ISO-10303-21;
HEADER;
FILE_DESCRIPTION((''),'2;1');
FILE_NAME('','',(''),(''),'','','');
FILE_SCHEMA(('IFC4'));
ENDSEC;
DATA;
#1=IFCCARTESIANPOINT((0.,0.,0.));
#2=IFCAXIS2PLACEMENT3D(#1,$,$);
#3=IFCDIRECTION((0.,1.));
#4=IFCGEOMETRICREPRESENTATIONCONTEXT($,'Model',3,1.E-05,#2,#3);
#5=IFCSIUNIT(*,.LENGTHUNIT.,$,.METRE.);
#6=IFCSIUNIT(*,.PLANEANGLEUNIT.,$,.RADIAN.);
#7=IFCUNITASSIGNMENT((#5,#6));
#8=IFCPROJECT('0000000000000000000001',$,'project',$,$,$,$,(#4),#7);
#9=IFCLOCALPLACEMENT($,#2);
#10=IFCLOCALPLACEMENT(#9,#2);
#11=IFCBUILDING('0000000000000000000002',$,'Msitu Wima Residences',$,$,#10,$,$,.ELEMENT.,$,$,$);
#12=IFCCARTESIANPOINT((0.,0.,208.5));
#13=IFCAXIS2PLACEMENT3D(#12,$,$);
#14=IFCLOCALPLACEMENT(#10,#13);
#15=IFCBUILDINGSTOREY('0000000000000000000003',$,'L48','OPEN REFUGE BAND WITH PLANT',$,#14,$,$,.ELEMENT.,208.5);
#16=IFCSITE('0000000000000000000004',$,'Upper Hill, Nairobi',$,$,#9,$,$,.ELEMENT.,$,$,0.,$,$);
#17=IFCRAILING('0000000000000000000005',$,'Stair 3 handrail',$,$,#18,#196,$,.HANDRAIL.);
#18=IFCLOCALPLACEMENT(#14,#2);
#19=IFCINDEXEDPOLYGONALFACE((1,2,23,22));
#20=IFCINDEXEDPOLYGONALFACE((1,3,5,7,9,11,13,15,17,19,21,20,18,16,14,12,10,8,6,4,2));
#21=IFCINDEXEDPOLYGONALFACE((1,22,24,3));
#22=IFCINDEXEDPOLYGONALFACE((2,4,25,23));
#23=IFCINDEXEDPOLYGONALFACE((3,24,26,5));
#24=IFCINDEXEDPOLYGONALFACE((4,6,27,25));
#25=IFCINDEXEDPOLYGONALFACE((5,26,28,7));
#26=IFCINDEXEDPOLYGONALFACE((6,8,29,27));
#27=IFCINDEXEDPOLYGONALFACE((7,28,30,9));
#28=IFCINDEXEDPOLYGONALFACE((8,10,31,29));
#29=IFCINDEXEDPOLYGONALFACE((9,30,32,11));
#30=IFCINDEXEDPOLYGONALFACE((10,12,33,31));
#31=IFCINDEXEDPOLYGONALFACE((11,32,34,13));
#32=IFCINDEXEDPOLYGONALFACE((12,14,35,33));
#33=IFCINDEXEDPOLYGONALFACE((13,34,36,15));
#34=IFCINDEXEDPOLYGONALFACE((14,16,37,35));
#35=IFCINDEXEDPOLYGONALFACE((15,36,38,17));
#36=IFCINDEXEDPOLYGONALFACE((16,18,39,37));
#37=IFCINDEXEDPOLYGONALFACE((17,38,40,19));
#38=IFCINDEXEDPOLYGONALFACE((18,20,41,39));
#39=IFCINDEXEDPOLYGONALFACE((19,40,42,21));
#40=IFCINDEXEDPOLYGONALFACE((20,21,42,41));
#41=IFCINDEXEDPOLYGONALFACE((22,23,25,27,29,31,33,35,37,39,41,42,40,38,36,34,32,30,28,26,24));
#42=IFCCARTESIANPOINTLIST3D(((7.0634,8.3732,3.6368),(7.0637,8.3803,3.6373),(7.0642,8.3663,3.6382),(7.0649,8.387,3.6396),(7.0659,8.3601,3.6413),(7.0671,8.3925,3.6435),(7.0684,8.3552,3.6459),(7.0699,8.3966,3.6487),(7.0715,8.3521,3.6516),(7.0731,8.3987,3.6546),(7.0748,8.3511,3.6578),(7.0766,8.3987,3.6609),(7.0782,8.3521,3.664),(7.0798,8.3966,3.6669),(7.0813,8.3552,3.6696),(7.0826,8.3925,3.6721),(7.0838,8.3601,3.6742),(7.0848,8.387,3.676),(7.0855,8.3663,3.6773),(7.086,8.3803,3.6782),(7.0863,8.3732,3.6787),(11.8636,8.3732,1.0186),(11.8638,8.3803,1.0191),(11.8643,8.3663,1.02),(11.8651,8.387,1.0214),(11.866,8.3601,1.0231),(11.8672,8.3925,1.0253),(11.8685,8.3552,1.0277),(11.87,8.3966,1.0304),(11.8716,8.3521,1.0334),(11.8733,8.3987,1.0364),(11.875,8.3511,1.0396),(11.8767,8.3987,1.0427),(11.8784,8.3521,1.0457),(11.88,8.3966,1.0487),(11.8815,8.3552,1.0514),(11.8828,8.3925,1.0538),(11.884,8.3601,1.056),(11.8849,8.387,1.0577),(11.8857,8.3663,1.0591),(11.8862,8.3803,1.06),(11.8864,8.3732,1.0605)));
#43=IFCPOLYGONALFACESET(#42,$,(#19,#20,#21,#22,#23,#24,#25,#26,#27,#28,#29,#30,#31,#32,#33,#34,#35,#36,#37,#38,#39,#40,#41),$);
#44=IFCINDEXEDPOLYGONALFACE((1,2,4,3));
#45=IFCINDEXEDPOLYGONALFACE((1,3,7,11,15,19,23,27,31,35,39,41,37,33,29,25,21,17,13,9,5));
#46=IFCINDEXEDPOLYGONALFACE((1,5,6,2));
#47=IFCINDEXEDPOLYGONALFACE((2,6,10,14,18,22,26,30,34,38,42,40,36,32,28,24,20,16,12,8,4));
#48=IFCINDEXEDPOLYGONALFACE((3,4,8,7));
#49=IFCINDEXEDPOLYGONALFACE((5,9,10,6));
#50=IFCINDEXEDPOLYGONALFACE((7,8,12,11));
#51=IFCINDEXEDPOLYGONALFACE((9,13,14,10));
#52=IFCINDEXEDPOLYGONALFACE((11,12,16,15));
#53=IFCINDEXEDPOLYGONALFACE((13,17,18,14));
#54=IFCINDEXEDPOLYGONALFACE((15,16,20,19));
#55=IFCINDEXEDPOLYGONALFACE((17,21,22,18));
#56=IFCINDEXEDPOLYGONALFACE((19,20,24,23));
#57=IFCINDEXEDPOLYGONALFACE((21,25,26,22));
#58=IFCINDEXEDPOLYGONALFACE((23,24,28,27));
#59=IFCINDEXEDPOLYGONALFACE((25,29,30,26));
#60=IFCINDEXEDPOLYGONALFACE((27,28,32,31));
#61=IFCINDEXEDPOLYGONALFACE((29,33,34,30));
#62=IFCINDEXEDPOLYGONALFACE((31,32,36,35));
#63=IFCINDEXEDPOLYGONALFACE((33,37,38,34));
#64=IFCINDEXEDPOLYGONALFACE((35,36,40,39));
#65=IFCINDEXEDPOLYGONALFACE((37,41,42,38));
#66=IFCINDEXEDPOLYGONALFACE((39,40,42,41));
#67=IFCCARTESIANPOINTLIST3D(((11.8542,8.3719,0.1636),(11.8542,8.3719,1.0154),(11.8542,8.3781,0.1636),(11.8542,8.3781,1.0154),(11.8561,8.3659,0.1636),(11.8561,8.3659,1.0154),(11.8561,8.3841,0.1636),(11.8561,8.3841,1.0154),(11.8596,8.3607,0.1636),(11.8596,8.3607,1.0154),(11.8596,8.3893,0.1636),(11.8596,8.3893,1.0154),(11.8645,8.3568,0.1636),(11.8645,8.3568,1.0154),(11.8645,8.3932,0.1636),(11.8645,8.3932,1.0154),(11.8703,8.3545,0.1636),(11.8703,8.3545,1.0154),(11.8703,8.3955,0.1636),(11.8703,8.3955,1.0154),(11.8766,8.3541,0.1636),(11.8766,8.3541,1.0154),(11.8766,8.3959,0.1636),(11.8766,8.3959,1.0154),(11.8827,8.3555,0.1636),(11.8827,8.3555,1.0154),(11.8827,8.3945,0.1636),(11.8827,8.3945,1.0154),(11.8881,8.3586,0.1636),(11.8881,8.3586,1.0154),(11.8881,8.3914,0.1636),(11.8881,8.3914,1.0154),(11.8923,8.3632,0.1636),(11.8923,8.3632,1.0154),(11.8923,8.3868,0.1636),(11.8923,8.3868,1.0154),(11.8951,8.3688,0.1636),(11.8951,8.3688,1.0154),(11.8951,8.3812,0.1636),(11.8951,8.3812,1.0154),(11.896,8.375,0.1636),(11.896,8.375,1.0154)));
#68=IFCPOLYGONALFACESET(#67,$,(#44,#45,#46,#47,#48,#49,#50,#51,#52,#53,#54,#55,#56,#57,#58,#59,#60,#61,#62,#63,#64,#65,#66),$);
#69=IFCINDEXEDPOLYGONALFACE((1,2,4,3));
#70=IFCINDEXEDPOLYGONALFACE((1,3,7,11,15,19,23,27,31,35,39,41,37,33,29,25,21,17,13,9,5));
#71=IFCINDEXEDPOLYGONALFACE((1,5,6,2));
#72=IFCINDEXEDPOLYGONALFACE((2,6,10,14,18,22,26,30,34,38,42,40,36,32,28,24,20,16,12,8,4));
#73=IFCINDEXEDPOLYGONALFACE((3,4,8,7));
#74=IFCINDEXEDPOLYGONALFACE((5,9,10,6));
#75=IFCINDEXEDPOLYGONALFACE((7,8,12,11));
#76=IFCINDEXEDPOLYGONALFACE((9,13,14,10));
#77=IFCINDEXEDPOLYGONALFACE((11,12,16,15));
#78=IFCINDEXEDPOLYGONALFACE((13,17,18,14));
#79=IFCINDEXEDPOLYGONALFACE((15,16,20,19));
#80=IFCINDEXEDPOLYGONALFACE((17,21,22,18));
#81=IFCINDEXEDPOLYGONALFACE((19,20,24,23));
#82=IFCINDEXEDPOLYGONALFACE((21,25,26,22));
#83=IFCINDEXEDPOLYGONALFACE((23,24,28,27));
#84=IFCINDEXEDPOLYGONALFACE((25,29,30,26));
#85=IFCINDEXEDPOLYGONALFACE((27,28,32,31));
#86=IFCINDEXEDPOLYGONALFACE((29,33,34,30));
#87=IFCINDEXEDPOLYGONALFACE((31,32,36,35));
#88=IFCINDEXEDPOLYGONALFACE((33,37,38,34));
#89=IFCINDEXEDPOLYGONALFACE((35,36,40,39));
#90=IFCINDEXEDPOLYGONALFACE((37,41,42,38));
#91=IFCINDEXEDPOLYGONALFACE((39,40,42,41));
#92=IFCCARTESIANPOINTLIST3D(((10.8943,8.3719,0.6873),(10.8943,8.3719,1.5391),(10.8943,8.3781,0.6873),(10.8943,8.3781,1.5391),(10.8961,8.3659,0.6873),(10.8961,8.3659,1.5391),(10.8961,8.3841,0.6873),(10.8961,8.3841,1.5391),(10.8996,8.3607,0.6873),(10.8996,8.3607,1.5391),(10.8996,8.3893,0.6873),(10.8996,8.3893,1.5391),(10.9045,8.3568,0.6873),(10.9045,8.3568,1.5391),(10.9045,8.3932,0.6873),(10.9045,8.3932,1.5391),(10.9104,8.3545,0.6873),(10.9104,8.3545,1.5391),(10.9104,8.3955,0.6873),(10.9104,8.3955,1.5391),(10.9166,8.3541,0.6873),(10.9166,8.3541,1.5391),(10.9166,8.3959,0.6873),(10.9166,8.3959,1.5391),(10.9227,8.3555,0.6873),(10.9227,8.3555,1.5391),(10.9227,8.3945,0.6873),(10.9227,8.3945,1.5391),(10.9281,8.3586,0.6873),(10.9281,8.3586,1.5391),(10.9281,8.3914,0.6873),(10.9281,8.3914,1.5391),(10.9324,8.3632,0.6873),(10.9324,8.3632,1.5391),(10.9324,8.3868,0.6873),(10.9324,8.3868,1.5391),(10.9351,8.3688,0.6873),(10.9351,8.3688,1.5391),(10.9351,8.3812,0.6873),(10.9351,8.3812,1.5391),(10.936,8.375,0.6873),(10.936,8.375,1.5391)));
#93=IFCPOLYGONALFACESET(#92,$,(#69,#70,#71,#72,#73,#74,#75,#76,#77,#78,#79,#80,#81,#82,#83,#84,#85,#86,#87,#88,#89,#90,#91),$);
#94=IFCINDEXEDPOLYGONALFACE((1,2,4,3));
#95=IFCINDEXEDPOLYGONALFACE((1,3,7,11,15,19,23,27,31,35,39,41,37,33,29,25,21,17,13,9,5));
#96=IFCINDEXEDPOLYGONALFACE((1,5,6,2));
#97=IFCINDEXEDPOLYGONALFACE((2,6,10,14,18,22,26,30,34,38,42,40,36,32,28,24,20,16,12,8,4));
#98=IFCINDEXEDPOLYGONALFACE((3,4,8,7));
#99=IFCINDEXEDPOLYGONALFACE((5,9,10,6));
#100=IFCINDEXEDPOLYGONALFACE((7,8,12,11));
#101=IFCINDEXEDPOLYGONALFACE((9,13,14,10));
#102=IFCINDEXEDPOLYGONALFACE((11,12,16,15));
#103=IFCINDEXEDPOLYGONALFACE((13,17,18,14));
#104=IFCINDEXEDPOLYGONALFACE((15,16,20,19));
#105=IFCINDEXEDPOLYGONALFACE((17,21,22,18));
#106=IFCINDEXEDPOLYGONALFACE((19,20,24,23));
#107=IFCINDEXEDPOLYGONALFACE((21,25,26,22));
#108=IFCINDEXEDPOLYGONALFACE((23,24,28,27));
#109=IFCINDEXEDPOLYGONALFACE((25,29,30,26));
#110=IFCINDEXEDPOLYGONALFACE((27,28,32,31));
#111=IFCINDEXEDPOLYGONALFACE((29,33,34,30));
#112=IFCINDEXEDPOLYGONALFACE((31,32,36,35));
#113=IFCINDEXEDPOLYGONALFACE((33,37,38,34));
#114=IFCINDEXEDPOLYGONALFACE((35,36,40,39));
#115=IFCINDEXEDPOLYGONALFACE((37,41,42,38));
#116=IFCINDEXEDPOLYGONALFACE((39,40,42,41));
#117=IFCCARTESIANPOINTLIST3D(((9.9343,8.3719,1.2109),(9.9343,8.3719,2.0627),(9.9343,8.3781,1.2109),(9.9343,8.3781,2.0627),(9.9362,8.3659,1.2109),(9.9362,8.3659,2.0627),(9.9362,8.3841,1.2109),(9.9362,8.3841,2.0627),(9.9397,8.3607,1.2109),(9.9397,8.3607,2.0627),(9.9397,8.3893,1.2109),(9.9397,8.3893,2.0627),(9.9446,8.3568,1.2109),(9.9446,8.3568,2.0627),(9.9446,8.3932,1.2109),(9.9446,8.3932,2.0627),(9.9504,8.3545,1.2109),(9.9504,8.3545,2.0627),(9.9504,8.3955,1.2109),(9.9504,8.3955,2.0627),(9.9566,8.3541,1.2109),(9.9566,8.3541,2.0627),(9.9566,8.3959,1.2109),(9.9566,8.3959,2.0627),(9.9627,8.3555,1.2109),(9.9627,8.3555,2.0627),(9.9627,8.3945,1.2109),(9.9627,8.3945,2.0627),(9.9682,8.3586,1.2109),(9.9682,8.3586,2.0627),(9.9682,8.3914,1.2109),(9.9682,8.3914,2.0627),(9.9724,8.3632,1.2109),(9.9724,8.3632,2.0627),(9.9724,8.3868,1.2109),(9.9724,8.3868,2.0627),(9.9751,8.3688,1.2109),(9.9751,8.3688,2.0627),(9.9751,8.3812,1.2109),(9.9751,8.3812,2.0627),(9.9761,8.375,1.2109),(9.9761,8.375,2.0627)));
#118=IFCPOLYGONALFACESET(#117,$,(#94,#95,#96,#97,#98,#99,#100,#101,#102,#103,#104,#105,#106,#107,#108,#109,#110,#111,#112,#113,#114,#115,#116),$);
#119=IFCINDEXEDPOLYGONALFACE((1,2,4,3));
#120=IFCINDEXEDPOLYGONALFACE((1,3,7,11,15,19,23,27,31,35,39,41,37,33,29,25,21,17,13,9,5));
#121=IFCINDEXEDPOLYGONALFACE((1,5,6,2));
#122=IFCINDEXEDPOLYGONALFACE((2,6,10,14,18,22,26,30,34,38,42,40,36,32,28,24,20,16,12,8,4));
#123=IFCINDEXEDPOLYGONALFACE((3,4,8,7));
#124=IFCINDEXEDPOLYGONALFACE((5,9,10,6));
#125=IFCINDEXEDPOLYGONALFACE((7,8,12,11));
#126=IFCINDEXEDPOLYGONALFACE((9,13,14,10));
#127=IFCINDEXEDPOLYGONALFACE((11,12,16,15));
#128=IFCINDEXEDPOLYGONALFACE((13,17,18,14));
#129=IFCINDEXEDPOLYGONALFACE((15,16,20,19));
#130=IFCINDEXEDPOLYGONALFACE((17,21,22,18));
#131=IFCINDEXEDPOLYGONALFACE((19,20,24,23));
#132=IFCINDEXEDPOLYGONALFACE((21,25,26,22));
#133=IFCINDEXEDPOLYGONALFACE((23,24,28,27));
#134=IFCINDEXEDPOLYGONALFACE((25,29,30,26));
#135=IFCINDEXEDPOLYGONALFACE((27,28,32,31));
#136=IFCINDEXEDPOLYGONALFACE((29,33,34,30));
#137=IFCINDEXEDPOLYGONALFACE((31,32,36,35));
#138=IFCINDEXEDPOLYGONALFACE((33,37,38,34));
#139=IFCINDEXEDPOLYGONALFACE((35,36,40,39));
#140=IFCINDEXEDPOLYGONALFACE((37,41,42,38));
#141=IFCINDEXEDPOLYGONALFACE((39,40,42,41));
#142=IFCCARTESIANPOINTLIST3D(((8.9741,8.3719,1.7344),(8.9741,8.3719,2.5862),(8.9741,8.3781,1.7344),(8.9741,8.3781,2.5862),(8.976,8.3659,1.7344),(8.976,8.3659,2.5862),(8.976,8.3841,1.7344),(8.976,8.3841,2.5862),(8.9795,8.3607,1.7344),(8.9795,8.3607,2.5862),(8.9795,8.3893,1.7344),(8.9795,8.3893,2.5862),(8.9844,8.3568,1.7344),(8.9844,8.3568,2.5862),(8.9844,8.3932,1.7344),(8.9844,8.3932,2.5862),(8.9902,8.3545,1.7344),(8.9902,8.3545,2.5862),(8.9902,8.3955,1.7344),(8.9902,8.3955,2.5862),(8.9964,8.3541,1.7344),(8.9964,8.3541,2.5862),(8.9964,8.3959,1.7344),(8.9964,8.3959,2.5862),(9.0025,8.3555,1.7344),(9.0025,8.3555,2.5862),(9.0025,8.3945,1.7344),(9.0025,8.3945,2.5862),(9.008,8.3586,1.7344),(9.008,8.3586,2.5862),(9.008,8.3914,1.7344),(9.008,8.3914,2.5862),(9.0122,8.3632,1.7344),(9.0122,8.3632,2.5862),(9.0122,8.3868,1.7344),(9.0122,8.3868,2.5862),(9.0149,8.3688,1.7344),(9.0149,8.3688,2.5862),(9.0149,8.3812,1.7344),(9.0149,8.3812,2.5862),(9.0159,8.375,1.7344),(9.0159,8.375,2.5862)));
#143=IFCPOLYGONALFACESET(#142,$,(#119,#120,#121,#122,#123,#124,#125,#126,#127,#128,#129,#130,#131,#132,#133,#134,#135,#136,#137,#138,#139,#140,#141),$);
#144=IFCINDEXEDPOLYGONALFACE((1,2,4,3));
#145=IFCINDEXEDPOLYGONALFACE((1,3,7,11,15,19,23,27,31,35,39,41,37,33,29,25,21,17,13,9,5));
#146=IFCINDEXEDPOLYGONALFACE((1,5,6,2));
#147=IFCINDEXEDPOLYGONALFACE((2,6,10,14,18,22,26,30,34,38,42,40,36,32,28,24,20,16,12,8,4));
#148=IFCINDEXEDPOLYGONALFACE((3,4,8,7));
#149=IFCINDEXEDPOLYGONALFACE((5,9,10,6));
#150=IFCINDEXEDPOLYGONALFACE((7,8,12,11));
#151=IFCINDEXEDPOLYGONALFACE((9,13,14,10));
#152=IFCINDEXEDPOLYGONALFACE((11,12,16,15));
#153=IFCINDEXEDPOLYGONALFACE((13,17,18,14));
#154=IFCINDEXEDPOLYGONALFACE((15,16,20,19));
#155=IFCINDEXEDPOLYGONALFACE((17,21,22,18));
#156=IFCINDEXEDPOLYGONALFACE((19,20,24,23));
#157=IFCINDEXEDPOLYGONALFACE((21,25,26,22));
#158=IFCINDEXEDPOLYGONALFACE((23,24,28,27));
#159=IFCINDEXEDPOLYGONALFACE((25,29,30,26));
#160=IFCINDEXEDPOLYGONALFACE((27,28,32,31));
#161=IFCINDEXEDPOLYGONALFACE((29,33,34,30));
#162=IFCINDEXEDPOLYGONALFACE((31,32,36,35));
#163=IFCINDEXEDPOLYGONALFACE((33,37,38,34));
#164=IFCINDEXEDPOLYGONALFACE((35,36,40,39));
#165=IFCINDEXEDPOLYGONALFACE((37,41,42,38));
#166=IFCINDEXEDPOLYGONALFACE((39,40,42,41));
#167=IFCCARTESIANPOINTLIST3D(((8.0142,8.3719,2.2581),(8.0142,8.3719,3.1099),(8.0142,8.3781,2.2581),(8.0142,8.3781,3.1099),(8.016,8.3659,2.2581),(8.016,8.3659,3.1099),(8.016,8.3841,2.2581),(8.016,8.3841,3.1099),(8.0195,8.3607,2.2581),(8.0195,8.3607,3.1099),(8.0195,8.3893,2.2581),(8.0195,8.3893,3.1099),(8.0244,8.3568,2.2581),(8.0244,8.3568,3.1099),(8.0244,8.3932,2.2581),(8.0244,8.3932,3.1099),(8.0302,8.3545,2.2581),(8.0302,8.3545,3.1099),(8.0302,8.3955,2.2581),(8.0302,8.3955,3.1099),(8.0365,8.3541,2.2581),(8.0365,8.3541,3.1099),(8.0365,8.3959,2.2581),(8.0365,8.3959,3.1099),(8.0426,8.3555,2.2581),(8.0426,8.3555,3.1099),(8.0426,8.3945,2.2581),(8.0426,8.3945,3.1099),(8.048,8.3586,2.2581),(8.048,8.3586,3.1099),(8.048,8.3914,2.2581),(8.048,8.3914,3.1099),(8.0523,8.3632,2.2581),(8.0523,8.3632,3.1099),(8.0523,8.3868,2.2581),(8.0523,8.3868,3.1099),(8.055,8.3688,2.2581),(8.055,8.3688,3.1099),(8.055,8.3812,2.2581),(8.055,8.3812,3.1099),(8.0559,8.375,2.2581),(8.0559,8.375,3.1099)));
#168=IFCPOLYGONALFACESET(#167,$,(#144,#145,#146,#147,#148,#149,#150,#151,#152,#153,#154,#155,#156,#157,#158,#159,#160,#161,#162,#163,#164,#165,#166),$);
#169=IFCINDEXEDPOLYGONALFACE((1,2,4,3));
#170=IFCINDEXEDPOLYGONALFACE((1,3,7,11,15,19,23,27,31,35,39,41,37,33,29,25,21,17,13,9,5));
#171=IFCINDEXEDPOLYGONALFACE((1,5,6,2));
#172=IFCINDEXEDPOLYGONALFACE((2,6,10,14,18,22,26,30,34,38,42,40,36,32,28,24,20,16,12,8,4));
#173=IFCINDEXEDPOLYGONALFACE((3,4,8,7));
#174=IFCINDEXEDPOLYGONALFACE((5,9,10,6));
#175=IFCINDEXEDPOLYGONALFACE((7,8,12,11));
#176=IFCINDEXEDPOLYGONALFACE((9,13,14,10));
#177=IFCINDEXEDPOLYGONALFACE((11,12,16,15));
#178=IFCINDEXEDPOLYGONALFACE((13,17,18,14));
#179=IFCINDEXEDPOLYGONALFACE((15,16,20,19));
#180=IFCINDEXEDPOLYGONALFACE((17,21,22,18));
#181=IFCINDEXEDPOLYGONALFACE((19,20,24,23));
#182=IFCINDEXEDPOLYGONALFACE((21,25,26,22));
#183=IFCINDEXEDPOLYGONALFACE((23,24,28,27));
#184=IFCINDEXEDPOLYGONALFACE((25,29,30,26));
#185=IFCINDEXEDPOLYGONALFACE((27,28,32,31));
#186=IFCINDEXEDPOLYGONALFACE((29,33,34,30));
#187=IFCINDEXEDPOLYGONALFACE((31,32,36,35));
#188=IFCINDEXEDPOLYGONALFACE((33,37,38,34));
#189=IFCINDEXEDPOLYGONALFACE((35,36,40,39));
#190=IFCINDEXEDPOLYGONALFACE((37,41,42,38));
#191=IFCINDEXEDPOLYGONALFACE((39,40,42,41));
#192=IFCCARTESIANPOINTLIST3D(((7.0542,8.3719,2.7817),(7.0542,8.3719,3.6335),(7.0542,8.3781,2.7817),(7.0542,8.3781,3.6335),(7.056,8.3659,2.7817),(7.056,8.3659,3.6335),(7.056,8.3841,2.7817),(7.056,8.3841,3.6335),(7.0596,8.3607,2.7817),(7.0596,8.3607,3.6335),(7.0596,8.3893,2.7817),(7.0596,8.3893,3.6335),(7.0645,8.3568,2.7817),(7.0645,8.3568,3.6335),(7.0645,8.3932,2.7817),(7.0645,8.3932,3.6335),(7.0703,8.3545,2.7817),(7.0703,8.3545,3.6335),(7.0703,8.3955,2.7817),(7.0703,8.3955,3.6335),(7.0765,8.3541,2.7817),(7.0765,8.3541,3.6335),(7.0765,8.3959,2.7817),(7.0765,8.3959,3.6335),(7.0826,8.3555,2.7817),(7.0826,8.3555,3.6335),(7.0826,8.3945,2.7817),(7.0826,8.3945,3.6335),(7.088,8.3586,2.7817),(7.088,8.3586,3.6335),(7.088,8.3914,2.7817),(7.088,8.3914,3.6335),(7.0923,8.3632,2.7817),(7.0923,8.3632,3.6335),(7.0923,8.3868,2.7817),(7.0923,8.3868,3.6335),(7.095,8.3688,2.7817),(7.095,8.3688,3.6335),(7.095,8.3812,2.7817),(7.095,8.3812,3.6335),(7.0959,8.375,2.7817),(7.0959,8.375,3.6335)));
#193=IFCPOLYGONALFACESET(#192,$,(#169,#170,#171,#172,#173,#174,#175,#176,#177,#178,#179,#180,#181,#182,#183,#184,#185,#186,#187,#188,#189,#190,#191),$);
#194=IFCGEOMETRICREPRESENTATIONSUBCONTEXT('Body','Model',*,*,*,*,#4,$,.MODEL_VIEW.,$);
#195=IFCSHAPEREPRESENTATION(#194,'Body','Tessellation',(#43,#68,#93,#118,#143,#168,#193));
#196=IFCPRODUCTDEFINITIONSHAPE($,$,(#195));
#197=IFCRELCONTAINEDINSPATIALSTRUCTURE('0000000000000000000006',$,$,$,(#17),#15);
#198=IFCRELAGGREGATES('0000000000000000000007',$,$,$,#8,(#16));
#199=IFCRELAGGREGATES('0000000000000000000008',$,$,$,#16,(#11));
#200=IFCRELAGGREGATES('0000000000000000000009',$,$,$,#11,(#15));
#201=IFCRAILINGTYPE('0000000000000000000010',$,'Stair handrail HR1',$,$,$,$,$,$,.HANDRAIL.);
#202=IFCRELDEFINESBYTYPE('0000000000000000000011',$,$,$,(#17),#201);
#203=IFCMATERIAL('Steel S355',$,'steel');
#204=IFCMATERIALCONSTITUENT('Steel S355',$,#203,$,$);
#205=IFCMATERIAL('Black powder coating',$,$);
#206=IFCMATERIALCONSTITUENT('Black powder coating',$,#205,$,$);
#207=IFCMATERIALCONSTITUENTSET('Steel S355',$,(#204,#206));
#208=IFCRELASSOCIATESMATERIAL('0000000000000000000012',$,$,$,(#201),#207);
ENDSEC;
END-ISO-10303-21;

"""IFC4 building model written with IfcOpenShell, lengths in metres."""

from ifc_helpers import new_model, si_unit, direction, frame, origin, origin_2d, place, context, subcontext, project, spatial, circle, extrude, material, constituent, constituent_set, type_object, element, save


model = new_model("IFC4")

# Units and contexts
model_context = context("Model", 3, precision=1e-05, world=origin(), true_north=direction((0.0, 1.0)))
body_context = subcontext(model_context, "Body", "Model", "MODEL_VIEW")
ifc_project = project(units=[si_unit("LENGTHUNIT", "METRE"), si_unit("PLANEANGLEUNIT", "RADIAN")], contexts=[model_context])

# Site, building, storey
site_placement = place(None, origin())
site = spatial("IfcSite", under=ifc_project, at=site_placement, Name="Upper Hill, Nairobi", CompositionType="ELEMENT", RefElevation=0.0)
building_placement = place(site_placement, origin())
building = spatial("IfcBuilding", under=site, at=building_placement, Name="Msitu Wima Residences", CompositionType="ELEMENT")
storey_placement = place(building_placement, frame((0.0, 0.0, 208.5)))
storey = spatial("IfcBuildingStorey", under=building, at=storey_placement, Name="L48", Description="OPEN REFUGE BAND WITH PLANT", CompositionType="ELEMENT", Elevation=208.5)

# Railing
ifc_material_1 = material(Name="Steel S355", Category="steel")
ifc_constituent_1 = constituent(ifc_material_1, Name="Steel S355")
ifc_material_2 = material(Name="Black powder coating")
ifc_constituent_2 = constituent(ifc_material_2, Name="Black powder coating")
ifc_constituent_set_1 = constituent_set(constituents=[ifc_constituent_1, ifc_constituent_2], Name="Steel S355")
railing_type_1 = type_object("IfcRailingType", Name="Stair handrail HR1", PredefinedType="HANDRAIL", material=ifc_constituent_set_1)
for number, where, name in (
    (1, (11.875, 8.375, 0.1636), "Stair 3 handrail"),
):
    element("IfcRailing", number, at=place(storey_placement, frame(where)), inside=storey, type_object=railing_type_1, Name=name, PredefinedType="HANDRAIL", context=body_context, shape_type="SweptSolid", body=[
        extrude(circle(Radius=0.0239, at=origin_2d()), frame((0.0, 0.0, 0.876), z_axis=(-0.877899, 0.0, 0.478846), x_axis=(0.0, -1.0, 0.0)), (0.0, 0.0, 1.0), 5.4678),
        extrude(circle(Radius=0.021, at=origin_2d()), origin(), (0.0, 0.0, 1.0), 0.8518),
        extrude(circle(Radius=0.021, at=origin_2d()), frame((-0.96, 0.0, 0.5237)), (0.0, 0.0, 1.0), 0.8518),
        extrude(circle(Radius=0.021, at=origin_2d()), frame((-1.9199, 0.0, 1.0474)), (0.0, 0.0, 1.0), 0.8518),
        extrude(circle(Radius=0.021, at=origin_2d()), frame((-2.8801, 0.0, 1.5708)), (0.0, 0.0, 1.0), 0.8518),
        extrude(circle(Radius=0.021, at=origin_2d()), frame((-3.8401, 0.0, 2.0945)), (0.0, 0.0, 1.0), 0.8518),
        extrude(circle(Radius=0.021, at=origin_2d()), frame((-4.8, 0.0, 2.6182)), (0.0, 0.0, 1.0), 0.8518),
    ])

save(model, "model.ifc")
